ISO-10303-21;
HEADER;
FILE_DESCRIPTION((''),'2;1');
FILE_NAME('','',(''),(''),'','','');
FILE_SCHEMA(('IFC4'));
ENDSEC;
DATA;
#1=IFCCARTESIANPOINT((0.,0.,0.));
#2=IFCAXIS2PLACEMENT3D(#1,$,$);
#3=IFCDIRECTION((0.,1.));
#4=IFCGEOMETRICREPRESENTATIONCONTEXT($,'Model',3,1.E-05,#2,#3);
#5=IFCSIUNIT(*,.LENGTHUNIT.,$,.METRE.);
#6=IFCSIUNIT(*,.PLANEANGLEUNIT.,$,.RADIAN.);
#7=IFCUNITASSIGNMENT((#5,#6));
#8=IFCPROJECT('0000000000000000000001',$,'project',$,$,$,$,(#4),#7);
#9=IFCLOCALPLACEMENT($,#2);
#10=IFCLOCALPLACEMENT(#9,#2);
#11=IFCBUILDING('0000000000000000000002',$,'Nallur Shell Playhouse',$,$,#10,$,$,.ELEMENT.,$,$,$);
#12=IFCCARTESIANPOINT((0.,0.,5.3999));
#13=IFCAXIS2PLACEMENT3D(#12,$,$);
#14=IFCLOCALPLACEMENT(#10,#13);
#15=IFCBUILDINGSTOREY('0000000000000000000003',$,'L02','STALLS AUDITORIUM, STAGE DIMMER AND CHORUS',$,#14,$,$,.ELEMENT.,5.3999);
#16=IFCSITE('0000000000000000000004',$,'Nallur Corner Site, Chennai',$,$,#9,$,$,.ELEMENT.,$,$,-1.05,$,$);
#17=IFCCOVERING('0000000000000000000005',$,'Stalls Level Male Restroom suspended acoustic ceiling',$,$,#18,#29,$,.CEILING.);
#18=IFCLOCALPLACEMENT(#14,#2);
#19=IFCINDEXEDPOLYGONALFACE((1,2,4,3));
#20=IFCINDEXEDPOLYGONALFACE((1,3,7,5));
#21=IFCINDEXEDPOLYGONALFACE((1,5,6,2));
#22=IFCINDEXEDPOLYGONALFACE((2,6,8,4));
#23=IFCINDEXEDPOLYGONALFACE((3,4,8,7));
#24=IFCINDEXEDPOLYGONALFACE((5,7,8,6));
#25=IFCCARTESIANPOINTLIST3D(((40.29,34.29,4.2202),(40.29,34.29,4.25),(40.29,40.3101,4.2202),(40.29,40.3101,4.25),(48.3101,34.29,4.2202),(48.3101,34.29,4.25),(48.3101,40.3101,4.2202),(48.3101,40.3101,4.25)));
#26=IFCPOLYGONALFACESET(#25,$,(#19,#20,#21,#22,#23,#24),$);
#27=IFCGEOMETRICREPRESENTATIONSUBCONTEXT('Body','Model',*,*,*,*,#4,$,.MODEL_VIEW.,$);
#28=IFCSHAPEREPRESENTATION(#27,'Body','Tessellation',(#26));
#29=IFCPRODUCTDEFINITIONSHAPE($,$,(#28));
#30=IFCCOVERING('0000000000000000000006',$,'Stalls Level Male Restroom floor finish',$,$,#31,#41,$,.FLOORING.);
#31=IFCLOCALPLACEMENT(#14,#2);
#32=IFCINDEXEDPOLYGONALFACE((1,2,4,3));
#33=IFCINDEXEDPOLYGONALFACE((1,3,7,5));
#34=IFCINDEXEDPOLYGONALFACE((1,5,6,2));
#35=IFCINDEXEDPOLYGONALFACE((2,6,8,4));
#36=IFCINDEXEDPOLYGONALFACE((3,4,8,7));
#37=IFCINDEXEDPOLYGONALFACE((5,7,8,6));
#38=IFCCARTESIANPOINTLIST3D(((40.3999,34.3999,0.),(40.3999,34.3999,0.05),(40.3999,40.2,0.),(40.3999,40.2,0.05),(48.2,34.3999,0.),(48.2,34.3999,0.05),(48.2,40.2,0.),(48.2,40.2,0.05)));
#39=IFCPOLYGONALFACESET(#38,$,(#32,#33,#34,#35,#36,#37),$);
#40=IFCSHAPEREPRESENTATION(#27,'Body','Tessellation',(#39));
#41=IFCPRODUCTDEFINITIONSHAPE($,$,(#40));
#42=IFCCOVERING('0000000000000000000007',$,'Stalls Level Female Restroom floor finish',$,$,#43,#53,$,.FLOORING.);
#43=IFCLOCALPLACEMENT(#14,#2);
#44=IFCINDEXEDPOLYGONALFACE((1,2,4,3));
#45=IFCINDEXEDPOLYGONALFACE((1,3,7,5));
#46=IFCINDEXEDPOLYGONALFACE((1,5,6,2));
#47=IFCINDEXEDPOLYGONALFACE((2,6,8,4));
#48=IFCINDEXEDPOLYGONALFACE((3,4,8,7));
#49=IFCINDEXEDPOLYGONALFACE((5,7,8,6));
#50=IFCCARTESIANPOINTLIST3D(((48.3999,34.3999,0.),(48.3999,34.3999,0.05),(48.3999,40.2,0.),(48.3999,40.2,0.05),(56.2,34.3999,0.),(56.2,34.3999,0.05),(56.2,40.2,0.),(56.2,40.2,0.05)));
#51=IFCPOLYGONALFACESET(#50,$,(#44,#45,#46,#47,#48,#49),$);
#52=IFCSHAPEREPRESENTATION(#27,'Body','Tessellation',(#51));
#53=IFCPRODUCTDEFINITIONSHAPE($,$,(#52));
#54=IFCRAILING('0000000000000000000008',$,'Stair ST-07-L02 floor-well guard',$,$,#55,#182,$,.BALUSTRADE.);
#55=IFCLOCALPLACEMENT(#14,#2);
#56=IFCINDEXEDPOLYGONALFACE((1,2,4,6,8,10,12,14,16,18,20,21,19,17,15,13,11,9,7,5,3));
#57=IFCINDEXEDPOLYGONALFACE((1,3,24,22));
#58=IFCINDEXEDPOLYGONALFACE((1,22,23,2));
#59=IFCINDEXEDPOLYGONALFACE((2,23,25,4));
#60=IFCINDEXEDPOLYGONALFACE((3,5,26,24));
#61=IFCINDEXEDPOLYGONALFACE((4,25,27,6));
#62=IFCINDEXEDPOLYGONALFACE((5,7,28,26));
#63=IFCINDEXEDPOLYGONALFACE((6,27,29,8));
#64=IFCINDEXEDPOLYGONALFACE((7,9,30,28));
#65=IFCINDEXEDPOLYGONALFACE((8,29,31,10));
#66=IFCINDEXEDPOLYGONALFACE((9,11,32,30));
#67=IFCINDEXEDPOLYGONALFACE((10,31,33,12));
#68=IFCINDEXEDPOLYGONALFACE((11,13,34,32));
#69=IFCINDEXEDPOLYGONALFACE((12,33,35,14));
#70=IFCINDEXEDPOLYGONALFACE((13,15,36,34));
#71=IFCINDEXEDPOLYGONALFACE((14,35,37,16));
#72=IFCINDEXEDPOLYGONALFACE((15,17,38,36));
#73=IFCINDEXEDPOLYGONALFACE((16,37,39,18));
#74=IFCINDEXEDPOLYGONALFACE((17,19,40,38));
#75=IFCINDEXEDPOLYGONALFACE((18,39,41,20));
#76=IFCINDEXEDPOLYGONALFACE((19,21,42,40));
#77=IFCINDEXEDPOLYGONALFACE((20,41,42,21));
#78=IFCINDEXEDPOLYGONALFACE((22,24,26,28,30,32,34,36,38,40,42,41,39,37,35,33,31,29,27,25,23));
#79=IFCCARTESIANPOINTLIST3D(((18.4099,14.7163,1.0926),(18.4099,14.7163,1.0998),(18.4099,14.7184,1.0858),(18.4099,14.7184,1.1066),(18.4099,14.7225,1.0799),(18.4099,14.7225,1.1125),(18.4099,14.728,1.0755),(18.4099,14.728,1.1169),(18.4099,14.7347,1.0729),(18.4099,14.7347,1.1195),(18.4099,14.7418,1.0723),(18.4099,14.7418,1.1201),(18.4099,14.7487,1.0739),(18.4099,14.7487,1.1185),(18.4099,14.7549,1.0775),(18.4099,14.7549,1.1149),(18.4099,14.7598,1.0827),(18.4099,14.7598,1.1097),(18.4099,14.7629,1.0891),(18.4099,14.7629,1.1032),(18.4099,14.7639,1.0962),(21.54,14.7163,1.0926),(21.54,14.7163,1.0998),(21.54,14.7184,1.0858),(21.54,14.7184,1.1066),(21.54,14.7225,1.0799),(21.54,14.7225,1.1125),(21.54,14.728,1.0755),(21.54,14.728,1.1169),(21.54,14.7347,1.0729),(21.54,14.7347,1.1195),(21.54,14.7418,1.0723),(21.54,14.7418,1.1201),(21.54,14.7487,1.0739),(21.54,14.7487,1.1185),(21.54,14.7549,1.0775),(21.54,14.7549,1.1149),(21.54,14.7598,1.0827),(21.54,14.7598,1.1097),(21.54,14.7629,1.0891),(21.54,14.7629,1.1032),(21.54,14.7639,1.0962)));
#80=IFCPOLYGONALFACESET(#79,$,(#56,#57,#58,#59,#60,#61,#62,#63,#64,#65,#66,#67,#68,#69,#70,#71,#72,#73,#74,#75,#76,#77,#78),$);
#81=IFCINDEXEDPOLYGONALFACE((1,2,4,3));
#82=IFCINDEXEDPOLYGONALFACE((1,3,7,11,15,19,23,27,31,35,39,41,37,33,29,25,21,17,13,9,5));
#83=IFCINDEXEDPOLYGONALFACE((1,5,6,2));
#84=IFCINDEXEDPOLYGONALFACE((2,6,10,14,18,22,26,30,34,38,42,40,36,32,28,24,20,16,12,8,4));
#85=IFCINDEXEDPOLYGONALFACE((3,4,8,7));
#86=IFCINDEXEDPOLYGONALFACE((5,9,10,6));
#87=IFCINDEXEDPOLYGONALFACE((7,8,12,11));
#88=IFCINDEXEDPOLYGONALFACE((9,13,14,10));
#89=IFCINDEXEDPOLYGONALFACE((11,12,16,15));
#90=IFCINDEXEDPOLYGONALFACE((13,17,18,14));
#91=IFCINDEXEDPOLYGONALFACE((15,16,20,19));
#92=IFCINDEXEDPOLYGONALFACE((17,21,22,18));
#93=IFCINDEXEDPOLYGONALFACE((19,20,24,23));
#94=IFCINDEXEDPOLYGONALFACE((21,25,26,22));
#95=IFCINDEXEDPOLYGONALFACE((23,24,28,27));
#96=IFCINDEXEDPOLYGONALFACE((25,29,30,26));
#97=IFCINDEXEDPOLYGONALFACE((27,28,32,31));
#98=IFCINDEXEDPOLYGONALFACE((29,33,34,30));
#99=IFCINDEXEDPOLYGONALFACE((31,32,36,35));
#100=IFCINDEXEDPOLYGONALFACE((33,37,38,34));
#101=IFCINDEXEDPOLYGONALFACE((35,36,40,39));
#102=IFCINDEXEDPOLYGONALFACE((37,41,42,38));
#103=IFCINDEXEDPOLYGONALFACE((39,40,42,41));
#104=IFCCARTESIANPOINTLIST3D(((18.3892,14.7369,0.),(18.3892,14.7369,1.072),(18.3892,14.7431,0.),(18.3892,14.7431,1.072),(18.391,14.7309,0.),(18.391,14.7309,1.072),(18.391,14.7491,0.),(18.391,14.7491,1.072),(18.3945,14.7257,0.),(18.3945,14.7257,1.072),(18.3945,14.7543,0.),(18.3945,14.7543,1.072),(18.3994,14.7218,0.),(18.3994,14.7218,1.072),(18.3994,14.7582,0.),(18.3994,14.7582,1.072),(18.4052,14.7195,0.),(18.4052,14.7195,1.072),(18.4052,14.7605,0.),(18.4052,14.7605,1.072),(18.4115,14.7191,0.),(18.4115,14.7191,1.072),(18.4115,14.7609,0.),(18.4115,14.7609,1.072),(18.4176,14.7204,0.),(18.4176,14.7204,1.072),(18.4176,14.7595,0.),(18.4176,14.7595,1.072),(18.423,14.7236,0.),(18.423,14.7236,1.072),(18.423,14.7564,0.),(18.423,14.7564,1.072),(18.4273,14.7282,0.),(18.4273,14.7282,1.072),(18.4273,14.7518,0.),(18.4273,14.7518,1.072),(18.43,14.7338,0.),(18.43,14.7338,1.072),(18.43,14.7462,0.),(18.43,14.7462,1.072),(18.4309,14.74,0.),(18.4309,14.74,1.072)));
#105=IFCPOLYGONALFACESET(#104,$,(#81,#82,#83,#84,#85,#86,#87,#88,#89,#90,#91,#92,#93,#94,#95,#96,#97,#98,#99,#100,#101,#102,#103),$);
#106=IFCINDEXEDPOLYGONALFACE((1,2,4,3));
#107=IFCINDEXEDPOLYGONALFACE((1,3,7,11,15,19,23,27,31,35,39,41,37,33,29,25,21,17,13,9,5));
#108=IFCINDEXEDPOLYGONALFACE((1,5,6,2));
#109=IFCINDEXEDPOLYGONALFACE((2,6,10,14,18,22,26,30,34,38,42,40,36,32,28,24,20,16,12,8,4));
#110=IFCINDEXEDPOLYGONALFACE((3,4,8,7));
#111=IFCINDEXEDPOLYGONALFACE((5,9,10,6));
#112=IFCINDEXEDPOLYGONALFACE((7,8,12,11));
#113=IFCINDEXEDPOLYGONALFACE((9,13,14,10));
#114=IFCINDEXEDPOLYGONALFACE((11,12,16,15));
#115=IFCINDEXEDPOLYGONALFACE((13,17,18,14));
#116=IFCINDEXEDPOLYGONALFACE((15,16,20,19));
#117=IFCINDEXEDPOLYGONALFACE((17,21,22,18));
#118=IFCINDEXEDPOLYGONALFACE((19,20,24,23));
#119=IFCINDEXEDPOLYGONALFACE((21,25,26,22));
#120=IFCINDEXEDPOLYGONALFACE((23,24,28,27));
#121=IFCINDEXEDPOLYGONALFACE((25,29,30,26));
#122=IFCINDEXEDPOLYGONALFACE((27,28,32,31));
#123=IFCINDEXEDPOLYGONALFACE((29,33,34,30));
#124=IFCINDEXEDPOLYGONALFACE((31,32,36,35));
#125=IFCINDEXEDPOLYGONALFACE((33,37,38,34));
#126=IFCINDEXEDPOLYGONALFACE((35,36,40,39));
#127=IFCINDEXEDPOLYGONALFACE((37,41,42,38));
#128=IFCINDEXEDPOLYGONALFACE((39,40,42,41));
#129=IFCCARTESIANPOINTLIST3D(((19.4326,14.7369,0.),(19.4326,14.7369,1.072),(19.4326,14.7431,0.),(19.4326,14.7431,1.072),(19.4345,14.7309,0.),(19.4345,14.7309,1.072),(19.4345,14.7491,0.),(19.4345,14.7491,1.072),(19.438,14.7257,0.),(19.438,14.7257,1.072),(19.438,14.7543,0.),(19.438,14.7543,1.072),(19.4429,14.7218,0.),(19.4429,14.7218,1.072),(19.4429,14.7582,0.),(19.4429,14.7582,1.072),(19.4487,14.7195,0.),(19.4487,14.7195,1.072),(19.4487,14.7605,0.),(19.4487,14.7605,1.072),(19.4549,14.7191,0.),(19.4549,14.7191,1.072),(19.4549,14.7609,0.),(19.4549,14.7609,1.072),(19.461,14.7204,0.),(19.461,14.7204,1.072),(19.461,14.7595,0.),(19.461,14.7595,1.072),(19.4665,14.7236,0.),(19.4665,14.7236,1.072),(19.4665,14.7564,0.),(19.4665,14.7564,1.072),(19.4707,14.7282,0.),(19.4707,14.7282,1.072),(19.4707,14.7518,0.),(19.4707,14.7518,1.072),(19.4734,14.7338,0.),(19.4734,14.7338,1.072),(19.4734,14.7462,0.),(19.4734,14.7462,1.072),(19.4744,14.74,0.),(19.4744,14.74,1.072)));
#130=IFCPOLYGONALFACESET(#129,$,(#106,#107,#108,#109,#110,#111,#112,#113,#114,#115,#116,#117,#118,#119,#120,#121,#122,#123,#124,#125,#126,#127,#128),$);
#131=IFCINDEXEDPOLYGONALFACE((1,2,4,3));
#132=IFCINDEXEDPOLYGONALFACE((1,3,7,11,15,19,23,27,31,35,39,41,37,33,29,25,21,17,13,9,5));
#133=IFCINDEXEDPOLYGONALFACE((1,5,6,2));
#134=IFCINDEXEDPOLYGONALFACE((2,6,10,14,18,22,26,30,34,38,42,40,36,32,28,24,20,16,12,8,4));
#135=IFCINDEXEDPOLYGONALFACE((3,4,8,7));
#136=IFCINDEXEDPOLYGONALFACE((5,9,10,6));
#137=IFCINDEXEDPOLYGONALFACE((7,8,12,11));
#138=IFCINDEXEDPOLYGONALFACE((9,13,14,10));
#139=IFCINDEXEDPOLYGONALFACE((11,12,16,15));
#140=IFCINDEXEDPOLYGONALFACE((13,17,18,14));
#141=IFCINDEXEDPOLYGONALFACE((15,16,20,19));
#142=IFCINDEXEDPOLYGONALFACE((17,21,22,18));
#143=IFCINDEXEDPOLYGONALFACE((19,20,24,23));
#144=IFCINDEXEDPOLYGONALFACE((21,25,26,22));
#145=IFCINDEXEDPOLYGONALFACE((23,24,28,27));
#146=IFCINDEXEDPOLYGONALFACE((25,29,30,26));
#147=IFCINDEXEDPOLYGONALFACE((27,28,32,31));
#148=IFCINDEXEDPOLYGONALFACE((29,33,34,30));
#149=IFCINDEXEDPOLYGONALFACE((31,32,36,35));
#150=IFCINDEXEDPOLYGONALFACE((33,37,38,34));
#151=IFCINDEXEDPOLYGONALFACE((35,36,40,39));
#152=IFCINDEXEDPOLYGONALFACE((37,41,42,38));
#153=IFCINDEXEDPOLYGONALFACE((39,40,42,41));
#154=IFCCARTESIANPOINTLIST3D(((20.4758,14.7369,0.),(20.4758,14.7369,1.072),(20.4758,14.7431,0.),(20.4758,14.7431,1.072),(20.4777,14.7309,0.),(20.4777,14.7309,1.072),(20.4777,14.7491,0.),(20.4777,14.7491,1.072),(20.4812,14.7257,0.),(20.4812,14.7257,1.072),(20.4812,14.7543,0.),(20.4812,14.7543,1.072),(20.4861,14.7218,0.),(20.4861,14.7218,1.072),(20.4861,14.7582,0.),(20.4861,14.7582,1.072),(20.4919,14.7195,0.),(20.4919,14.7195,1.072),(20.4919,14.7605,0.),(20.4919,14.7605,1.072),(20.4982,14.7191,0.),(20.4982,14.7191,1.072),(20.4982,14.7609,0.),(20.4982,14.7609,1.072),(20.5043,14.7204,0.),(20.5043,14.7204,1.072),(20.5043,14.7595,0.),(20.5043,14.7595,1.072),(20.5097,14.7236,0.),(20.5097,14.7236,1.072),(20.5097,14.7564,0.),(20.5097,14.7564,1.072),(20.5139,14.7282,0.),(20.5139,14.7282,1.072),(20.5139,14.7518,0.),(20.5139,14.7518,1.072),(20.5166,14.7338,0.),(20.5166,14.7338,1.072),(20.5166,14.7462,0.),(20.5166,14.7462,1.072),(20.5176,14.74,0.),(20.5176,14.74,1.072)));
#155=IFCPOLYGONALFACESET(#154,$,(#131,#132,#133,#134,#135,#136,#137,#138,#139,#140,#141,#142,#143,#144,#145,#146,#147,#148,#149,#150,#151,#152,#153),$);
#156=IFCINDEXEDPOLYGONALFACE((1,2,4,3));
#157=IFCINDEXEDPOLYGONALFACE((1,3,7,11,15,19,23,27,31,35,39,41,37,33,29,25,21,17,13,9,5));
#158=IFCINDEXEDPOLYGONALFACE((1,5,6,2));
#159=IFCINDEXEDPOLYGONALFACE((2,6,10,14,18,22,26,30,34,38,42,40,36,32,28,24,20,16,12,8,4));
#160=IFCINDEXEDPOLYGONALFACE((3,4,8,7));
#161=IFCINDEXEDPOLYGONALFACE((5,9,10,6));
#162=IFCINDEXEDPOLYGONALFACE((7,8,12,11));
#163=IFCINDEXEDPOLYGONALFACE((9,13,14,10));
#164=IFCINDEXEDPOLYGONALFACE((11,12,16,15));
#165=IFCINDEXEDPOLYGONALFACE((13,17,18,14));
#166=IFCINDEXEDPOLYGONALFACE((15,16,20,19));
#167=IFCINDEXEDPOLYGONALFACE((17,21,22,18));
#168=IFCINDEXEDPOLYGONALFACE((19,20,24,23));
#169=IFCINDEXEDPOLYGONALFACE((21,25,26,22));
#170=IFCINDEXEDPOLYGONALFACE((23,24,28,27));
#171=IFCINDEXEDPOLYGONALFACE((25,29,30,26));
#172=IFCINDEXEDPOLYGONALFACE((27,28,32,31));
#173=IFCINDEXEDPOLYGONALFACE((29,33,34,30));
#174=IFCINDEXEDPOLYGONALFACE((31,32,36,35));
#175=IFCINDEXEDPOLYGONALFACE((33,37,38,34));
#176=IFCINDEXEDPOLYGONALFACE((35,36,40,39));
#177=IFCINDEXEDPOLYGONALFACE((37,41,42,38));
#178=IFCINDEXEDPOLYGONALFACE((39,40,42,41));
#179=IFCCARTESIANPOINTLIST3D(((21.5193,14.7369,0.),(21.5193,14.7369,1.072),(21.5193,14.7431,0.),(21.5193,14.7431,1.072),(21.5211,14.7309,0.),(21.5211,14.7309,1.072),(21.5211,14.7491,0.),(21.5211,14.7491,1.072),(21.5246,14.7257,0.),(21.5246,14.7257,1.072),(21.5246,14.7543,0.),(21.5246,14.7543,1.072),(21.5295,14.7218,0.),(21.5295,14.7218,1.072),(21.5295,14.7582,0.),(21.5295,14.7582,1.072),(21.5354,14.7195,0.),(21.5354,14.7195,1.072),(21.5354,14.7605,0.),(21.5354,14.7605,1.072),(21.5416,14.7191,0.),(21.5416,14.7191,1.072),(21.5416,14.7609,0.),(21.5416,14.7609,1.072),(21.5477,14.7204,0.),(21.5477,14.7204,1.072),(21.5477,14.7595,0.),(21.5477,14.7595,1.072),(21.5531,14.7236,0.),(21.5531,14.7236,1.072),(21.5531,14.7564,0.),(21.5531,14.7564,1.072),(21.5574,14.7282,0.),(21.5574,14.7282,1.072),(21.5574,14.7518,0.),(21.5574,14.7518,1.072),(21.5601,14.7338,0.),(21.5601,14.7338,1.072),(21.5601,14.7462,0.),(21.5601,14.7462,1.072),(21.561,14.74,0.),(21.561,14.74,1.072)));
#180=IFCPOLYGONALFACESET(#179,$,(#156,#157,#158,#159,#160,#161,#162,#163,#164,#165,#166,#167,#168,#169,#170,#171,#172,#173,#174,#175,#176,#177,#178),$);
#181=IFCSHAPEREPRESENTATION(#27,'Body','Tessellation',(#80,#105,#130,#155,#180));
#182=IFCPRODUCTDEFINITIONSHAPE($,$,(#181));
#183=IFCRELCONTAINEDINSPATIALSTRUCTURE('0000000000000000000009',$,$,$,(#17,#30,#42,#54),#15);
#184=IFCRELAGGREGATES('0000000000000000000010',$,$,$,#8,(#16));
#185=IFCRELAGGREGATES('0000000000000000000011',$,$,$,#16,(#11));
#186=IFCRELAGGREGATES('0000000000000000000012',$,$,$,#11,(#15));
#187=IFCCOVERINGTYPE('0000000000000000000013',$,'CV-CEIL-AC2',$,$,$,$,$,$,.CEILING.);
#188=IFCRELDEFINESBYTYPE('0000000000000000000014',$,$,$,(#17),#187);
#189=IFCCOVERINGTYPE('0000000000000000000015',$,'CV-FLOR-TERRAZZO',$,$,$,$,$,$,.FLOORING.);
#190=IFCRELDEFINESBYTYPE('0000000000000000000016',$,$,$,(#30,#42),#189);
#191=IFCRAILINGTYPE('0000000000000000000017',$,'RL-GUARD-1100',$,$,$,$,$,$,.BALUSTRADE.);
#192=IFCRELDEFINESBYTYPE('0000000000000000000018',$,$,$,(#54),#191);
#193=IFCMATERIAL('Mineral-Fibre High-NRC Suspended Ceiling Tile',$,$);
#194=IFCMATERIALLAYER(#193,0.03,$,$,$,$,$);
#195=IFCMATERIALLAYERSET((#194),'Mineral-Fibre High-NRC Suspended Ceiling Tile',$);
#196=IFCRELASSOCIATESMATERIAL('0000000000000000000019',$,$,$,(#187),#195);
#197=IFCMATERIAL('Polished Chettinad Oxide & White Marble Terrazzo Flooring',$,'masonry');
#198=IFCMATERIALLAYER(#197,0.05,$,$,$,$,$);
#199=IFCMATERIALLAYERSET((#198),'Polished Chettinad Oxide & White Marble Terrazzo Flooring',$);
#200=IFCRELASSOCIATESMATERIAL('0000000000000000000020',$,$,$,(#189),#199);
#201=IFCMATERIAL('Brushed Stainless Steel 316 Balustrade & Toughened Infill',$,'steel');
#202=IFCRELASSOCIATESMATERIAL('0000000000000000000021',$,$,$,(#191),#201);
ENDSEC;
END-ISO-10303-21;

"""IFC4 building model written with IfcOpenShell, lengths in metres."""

from ifc_helpers import new_model, si_unit, direction, frame, origin, origin_2d, place, context, subcontext, project, spatial, polyline, circle, outline, extrude, material, layer, layer_set, type_object, element, save


model = new_model("IFC4")

# Units and contexts
model_context = context("Model", 3, precision=1e-05, world=origin(), true_north=direction((0.0, 1.0)))
body_context = subcontext(model_context, "Body", "Model", "MODEL_VIEW")
ifc_project = project(units=[si_unit("LENGTHUNIT", "METRE"), si_unit("PLANEANGLEUNIT", "RADIAN")], contexts=[model_context])

# Site, building, storey
site_placement = place(None, origin())
site = spatial("IfcSite", under=ifc_project, at=site_placement, Name="Nallur Corner Site, Chennai", CompositionType="ELEMENT", RefElevation=-1.05)
building_placement = place(site_placement, origin())
building = spatial("IfcBuilding", under=site, at=building_placement, Name="Nallur Shell Playhouse", CompositionType="ELEMENT")
storey_placement = place(building_placement, frame((0.0, 0.0, 5.3999)))
storey = spatial("IfcBuildingStorey", under=building, at=storey_placement, Name="L02", Description="STALLS AUDITORIUM, STAGE DIMMER AND CHORUS", CompositionType="ELEMENT", Elevation=5.3999)

# Coverings
ifc_material_1 = material(Name="Mineral-Fibre High-NRC Suspended Ceiling Tile")
ifc_layer_1 = layer(ifc_material_1, 0.03)
ifc_layer_set_1 = layer_set([ifc_layer_1], Name="Mineral-Fibre High-NRC Suspended Ceiling Tile")
covering_type_1 = type_object("IfcCoveringType", Name="CV-CEIL-AC2", PredefinedType="CEILING", material=ifc_layer_set_1)
covering_1_placement = place(storey_placement, frame((0.0, 0.0, 4.2202)))
element("IfcCovering", 1, at=covering_1_placement, inside=storey, type_object=covering_type_1, Name="Stalls Level Male Restroom suspended acoustic ceiling", PredefinedType="CEILING", context=body_context, shape_type="SweptSolid", body=[
    extrude(outline(polyline([(48.3101, 40.3101), (48.3101, 34.29), (40.29, 34.29), (40.29, 40.3101), (48.3101, 40.3101)])), origin(), (0.0, 0.0, 1.0), 0.0298),
])
ifc_material_2 = material(Name="Polished Chettinad Oxide & White Marble Terrazzo Flooring", Category="masonry")
ifc_layer_2 = layer(ifc_material_2, 0.05)
ifc_layer_set_2 = layer_set([ifc_layer_2], Name="Polished Chettinad Oxide & White Marble Terrazzo Flooring")
covering_type_2 = type_object("IfcCoveringType", Name="CV-FLOR-TERRAZZO", PredefinedType="FLOORING", material=ifc_layer_set_2)
covering_2_placement = place(storey_placement, origin())
element("IfcCovering", 2, at=covering_2_placement, inside=storey, type_object=covering_type_2, Name="Stalls Level Male Restroom floor finish", PredefinedType="FLOORING", context=body_context, shape_type="SweptSolid", body=[
    extrude(outline(polyline([(48.2, 40.2), (48.2, 34.3999), (40.3999, 34.3999), (40.3999, 40.2), (48.2, 40.2)])), origin(), (0.0, 0.0, 1.0), 0.05),
])
covering_3_placement = place(storey_placement, origin())
element("IfcCovering", 3, at=covering_3_placement, inside=storey, type_object=covering_type_2, Name="Stalls Level Female Restroom floor finish", PredefinedType="FLOORING", context=body_context, shape_type="SweptSolid", body=[
    extrude(outline(polyline([(56.2, 40.2), (56.2, 34.3999), (48.3999, 34.3999), (48.3999, 40.2), (56.2, 40.2)])), origin(), (0.0, 0.0, 1.0), 0.05),
])

# Railing
ifc_material_3 = material(Name="Brushed Stainless Steel 316 Balustrade & Toughened Infill", Category="steel")
railing_type_1 = type_object("IfcRailingType", Name="RL-GUARD-1100", PredefinedType="BALUSTRADE", material=ifc_material_3)
railing_1_placement = place(storey_placement, frame((18.4099, 14.74, 0.0)))
element("IfcRailing", 4, at=railing_1_placement, inside=storey, type_object=railing_type_1, Name="Stair ST-07-L02 floor-well guard", PredefinedType="BALUSTRADE", context=body_context, shape_type="SweptSolid", body=[
    extrude(circle(Radius=0.0239, at=origin_2d()), frame((0.0, 0.0, 1.0962), z_axis=(1.0, 0.0, 0.0), x_axis=(0.0, 1.0, 0.0)), (0.0, 0.0, 1.0), 3.1301),
    extrude(circle(Radius=0.021, at=origin_2d()), origin(), (0.0, 0.0, 1.0), 1.072),
    extrude(circle(Radius=0.021, at=origin_2d()), frame((1.0435, 0.0, 0.0)), (0.0, 0.0, 1.0), 1.072),
    extrude(circle(Radius=0.021, at=origin_2d()), frame((2.0867, 0.0, 0.0)), (0.0, 0.0, 1.0), 1.072),
    extrude(circle(Radius=0.021, at=origin_2d()), frame((3.1301, 0.0, 0.0)), (0.0, 0.0, 1.0), 1.072),
])

save(model, "model.ifc")
